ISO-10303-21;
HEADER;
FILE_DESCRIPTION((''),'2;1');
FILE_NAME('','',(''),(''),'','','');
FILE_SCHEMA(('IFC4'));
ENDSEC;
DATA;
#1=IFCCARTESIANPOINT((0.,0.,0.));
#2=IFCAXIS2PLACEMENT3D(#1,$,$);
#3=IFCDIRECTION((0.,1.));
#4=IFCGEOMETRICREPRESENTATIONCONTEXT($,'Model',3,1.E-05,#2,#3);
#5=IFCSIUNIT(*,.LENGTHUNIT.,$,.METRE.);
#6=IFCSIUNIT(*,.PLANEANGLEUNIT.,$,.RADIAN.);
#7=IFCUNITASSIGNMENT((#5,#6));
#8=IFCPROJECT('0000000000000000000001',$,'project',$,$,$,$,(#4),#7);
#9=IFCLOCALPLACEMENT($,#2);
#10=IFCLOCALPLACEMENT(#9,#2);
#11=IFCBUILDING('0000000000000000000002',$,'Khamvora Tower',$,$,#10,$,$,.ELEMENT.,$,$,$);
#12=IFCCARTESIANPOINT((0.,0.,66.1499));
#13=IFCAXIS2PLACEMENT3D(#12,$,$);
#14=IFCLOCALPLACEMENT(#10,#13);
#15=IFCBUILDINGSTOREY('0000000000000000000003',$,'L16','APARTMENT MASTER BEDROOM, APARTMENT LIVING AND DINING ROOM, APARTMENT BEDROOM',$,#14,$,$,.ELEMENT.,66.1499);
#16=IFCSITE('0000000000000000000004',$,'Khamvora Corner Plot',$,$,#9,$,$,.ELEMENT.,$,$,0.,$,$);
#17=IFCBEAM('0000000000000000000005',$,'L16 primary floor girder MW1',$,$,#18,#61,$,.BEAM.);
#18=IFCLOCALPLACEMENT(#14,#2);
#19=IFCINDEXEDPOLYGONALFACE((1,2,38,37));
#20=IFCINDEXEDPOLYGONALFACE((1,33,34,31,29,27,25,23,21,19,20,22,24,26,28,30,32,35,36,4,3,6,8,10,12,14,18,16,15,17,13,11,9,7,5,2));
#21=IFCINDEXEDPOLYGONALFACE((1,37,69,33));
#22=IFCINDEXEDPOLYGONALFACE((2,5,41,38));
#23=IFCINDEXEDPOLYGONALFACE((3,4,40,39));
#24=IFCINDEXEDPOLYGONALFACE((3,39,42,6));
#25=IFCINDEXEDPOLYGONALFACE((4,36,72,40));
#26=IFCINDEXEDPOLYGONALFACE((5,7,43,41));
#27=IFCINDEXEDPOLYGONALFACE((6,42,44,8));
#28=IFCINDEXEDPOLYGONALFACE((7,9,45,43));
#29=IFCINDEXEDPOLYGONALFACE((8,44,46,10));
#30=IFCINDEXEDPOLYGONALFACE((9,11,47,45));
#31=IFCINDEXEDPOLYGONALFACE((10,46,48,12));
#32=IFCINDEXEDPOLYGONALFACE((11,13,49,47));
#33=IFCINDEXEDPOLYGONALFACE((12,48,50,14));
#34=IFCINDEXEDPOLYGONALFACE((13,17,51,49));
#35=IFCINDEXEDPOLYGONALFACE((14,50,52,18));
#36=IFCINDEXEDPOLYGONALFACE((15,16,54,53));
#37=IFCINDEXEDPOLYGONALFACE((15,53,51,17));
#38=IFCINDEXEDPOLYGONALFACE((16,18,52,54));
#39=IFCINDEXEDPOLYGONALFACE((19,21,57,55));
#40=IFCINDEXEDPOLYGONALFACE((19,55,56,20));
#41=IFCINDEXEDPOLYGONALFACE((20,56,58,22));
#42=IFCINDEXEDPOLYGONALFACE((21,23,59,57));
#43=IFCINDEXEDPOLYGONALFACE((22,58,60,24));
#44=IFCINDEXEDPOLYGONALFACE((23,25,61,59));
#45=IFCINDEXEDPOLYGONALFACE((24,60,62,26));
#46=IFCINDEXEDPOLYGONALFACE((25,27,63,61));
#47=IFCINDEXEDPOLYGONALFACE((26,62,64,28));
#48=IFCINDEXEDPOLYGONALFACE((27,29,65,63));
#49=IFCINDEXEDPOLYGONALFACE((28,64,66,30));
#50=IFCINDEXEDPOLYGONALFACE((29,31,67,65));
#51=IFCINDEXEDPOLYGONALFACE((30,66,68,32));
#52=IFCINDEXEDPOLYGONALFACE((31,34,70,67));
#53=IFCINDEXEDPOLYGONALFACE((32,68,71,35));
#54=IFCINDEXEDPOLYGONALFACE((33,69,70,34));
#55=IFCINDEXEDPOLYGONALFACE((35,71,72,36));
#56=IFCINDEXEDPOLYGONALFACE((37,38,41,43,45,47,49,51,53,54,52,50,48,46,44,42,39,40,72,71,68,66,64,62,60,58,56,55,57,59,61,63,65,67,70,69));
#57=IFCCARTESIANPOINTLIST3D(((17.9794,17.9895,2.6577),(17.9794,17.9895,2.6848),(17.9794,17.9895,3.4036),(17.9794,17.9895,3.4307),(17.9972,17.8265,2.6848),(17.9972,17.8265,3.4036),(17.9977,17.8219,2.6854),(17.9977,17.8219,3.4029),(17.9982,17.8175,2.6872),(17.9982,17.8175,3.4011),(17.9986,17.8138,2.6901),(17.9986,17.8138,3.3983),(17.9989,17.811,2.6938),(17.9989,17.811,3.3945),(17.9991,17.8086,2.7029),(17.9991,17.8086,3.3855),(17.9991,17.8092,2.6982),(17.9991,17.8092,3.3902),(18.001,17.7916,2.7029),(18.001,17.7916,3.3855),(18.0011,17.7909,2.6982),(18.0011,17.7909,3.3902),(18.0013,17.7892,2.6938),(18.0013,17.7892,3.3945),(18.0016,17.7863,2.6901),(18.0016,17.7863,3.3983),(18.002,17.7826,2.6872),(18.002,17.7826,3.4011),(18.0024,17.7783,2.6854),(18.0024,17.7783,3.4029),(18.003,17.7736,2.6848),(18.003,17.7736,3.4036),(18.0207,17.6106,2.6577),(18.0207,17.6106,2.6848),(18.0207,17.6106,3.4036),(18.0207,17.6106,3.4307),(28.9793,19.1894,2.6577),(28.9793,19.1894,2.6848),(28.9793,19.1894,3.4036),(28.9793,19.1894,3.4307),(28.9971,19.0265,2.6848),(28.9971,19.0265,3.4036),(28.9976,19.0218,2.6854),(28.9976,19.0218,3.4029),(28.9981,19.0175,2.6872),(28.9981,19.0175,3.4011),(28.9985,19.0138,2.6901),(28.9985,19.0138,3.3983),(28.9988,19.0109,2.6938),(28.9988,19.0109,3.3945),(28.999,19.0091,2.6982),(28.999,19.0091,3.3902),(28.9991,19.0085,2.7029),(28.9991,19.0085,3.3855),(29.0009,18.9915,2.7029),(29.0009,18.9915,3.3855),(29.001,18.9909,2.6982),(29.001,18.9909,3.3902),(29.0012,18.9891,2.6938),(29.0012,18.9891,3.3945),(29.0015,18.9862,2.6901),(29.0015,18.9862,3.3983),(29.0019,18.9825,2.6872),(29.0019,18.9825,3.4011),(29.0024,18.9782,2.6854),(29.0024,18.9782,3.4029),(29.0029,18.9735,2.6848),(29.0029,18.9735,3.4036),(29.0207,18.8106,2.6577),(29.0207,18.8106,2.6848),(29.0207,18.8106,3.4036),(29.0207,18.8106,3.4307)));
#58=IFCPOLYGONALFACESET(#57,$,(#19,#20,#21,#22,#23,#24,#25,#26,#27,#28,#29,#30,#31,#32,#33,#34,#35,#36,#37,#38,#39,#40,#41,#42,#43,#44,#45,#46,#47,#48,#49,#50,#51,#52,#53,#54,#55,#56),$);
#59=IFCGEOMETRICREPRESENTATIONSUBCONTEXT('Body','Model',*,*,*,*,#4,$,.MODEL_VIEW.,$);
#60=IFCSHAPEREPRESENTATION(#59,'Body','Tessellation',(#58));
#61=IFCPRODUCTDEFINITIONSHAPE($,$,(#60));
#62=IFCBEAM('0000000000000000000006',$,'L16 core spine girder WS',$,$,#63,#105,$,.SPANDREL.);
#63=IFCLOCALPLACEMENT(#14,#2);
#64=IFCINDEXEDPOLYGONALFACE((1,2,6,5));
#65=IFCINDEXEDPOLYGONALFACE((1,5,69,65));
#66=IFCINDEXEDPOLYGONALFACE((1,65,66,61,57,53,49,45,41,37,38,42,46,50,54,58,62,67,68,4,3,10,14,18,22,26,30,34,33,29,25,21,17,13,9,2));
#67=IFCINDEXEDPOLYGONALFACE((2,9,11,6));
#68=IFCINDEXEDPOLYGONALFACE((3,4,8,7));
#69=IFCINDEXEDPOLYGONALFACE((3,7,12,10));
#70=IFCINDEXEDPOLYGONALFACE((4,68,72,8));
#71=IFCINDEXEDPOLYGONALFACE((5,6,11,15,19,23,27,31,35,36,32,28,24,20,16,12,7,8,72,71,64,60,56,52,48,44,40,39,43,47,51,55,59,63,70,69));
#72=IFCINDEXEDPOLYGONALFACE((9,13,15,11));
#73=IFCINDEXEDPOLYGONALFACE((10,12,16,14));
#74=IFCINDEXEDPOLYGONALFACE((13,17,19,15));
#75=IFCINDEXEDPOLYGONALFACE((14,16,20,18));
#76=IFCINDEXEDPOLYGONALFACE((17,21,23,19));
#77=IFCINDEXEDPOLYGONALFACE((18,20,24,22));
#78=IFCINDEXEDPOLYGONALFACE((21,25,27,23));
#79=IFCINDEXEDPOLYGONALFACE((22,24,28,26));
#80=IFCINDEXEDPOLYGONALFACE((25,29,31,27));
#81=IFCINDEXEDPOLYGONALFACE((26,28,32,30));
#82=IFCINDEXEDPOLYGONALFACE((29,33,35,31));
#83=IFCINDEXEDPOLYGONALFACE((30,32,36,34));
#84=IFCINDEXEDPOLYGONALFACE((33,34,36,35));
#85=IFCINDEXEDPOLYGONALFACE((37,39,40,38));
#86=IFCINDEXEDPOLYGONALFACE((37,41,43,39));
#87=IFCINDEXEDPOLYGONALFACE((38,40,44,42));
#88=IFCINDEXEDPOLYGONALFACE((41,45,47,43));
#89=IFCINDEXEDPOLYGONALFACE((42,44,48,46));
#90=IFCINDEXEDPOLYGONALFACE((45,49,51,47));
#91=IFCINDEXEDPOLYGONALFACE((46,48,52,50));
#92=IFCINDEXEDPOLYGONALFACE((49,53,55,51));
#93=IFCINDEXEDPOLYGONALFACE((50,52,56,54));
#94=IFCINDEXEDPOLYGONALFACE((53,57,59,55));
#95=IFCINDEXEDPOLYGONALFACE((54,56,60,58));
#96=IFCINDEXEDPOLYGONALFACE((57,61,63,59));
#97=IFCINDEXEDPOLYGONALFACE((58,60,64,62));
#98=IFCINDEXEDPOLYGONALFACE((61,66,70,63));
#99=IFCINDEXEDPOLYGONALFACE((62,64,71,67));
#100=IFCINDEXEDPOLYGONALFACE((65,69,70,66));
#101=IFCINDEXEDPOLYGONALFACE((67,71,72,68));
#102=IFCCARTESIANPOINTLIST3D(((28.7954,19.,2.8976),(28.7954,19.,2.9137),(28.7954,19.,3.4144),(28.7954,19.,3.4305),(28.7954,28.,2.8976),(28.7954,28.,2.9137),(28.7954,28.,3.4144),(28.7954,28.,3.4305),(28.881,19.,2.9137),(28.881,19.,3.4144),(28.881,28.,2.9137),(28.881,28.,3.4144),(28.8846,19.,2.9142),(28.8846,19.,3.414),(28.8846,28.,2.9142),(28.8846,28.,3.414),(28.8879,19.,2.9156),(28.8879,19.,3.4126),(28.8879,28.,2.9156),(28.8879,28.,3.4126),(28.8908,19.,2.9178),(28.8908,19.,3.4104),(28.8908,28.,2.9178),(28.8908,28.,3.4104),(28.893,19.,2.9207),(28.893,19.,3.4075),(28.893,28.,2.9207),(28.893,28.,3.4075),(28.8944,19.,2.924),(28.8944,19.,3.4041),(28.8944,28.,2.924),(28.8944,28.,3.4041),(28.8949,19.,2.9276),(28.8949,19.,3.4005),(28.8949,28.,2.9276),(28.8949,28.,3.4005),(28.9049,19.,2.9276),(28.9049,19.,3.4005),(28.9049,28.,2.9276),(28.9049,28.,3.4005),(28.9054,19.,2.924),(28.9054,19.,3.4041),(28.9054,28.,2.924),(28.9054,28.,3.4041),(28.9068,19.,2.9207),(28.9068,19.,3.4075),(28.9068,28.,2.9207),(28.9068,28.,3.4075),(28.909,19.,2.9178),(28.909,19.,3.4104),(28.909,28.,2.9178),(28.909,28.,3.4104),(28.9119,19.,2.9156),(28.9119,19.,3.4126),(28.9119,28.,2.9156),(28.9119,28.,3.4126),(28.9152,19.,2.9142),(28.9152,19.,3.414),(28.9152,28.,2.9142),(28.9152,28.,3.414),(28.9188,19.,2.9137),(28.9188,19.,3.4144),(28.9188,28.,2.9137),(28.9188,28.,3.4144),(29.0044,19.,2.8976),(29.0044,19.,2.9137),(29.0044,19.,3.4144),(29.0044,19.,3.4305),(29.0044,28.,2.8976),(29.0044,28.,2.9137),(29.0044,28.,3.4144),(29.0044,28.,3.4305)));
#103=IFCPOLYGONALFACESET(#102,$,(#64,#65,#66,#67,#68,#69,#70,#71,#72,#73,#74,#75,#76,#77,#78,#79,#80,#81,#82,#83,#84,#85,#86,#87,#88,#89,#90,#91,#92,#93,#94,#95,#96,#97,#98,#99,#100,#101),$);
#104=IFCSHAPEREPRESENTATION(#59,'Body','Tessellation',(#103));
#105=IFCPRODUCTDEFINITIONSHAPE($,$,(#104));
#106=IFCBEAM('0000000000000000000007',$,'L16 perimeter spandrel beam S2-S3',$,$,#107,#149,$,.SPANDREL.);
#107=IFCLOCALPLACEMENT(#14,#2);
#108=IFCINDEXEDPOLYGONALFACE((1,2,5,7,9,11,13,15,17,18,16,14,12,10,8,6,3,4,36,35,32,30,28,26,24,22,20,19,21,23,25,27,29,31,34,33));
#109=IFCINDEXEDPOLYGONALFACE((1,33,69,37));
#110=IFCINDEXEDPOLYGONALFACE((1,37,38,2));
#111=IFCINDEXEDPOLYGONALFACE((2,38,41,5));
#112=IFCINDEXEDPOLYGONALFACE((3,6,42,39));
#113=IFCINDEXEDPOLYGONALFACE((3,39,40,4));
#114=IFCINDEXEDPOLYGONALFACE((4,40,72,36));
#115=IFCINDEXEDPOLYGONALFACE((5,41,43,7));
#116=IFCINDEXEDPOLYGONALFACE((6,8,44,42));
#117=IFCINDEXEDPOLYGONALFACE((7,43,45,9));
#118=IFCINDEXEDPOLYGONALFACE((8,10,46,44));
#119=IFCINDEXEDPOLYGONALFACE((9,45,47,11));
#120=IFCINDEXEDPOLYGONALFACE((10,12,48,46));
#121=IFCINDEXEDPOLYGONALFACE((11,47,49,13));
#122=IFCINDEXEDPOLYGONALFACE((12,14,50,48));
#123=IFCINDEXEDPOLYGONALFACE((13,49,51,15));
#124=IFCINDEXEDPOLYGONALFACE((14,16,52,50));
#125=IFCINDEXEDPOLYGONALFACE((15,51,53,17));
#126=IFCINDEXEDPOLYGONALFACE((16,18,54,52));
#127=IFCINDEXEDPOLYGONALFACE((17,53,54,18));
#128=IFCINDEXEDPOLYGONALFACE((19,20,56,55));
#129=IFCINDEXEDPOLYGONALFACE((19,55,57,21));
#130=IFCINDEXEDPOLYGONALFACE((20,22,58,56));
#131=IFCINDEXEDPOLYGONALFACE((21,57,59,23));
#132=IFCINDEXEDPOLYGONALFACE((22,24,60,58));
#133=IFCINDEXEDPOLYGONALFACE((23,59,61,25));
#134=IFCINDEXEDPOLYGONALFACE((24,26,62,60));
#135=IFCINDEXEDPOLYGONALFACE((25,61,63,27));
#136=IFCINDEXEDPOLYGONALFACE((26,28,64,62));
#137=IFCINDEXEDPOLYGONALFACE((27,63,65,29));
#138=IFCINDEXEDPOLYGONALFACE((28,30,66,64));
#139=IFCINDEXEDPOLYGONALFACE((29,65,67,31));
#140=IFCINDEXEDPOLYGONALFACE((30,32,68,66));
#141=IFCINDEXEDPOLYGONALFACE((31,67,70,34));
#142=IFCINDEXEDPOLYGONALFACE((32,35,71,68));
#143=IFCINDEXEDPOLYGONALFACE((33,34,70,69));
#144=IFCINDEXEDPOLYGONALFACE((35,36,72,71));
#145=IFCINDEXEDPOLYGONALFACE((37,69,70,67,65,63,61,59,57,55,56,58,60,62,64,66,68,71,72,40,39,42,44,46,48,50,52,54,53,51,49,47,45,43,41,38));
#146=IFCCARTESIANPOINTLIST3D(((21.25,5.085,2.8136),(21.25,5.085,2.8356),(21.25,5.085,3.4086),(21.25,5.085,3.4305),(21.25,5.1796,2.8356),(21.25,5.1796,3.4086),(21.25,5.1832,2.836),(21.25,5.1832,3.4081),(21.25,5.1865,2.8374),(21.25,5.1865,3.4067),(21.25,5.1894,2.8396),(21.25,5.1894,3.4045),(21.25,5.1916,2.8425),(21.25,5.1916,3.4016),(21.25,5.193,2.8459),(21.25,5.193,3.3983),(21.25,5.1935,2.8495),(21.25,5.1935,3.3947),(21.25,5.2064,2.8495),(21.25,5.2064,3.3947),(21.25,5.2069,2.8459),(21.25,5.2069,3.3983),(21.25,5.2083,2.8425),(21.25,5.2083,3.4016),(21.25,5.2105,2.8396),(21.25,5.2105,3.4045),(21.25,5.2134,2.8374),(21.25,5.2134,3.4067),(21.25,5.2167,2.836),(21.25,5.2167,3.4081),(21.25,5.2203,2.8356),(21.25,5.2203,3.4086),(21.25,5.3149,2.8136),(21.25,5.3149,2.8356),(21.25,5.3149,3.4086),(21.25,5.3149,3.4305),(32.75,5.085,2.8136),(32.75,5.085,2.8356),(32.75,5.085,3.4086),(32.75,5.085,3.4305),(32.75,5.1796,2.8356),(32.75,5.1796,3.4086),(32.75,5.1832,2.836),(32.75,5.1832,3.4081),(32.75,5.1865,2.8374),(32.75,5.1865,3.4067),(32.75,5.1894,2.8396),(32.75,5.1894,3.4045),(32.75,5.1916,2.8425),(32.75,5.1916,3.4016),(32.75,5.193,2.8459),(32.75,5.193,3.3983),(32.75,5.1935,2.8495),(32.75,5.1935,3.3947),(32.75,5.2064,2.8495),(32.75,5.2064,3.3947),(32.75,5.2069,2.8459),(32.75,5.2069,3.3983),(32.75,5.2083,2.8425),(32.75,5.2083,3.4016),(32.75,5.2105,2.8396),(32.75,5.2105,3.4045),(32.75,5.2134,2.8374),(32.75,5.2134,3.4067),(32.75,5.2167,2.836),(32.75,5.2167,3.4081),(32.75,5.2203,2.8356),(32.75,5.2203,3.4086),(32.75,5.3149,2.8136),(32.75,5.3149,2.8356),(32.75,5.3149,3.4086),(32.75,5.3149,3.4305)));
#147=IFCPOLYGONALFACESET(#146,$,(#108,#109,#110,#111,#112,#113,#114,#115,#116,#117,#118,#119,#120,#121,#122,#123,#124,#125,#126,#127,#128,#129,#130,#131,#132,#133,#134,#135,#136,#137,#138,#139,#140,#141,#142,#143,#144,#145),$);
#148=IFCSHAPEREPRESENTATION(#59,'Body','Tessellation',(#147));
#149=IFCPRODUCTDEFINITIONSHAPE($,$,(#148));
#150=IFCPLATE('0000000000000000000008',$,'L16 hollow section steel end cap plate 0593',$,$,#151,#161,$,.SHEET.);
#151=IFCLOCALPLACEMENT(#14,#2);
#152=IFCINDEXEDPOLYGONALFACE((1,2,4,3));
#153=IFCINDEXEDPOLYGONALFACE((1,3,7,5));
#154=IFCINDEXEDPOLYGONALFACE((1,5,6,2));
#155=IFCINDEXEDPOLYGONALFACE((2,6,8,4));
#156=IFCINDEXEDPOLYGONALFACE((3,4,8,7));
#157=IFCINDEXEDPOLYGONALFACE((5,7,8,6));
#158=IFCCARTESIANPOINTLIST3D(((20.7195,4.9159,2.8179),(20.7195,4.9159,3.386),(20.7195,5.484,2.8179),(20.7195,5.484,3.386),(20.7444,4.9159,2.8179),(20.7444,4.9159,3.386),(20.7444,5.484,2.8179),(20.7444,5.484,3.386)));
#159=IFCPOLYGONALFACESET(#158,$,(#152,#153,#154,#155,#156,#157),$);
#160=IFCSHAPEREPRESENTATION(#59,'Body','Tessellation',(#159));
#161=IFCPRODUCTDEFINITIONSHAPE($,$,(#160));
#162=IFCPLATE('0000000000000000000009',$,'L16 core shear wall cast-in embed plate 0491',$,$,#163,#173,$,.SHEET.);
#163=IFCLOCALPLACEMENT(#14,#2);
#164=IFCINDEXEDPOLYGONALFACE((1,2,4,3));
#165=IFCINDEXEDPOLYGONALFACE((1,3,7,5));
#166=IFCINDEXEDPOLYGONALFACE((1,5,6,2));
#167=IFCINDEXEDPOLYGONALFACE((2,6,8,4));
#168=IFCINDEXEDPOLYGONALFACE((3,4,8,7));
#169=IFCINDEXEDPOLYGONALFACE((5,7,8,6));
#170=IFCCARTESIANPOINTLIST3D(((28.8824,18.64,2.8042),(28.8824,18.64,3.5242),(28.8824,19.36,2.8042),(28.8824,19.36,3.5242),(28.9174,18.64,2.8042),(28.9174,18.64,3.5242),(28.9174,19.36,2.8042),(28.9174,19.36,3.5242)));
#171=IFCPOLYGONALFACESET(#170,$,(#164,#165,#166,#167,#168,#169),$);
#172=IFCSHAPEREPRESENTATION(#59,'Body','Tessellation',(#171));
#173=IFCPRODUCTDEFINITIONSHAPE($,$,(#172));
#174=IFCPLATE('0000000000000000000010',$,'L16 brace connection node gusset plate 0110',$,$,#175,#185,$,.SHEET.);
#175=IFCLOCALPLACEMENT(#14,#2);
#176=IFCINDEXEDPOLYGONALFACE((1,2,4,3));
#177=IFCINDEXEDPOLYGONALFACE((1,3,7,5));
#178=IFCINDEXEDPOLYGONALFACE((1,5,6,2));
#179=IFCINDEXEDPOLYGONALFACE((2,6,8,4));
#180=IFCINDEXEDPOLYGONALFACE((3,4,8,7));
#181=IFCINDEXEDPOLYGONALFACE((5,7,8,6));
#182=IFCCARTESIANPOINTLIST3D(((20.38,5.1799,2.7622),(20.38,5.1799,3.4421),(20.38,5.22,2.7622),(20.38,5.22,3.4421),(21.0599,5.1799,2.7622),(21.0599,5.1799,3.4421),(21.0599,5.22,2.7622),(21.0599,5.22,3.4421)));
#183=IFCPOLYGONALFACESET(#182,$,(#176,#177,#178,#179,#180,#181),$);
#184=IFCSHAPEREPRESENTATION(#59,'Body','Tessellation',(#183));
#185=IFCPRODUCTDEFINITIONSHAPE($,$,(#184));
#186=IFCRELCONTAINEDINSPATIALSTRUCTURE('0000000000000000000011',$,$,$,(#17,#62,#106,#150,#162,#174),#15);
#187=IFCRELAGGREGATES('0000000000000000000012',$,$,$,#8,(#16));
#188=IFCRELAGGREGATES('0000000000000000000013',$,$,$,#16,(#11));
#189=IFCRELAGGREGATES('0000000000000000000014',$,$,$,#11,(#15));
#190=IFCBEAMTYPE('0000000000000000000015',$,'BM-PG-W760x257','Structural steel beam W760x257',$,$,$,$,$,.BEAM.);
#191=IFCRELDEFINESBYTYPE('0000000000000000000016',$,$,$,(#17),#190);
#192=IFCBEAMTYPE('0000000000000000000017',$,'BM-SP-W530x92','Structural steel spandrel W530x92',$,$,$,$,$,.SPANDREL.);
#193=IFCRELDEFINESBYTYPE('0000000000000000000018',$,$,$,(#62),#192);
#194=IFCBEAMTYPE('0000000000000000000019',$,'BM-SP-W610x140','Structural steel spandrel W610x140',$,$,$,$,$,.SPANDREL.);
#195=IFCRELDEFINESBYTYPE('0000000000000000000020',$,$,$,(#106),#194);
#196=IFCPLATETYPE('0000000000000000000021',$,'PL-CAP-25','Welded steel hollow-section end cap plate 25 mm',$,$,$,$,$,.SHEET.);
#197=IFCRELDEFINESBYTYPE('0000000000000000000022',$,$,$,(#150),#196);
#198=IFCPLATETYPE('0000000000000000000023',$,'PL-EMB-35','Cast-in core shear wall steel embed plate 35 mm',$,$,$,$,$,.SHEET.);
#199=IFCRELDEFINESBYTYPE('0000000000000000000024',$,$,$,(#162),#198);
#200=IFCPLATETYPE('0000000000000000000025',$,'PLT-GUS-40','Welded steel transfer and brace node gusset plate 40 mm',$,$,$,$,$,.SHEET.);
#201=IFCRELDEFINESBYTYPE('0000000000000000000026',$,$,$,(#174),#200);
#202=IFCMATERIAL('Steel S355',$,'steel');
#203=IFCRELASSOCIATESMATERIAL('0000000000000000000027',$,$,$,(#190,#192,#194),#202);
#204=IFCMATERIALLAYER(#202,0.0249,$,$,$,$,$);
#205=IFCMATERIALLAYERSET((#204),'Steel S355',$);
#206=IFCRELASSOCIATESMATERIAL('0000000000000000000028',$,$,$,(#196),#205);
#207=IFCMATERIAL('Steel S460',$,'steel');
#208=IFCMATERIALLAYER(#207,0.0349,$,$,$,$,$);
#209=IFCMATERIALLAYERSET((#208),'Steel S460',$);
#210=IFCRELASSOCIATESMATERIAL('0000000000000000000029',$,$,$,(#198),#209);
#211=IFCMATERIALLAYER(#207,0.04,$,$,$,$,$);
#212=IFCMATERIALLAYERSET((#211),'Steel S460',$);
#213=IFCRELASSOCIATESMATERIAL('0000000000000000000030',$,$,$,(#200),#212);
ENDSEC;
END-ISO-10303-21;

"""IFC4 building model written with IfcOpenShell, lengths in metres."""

from ifc_helpers import new_model, si_unit, direction, frame, origin, origin_2d, place, context, subcontext, project, spatial, rectangle, i_section, extrude, material, layer, layer_set, material_profile, profile_set, type_object, element, save


model = new_model("IFC4")

# Units and contexts
model_context = context("Model", 3, precision=1e-05, world=origin(), true_north=direction((0.0, 1.0)))
body_context = subcontext(model_context, "Body", "Model", "MODEL_VIEW")
ifc_project = project(units=[si_unit("LENGTHUNIT", "METRE"), si_unit("PLANEANGLEUNIT", "RADIAN")], contexts=[model_context])

# Site, building, storey
site_placement = place(None, origin())
site = spatial("IfcSite", under=ifc_project, at=site_placement, Name="Khamvora Corner Plot", CompositionType="ELEMENT", RefElevation=0.0)
building_placement = place(site_placement, origin())
building = spatial("IfcBuilding", under=site, at=building_placement, Name="Khamvora Tower", CompositionType="ELEMENT")
storey_placement = place(building_placement, frame((0.0, 0.0, 66.1499)))
storey = spatial("IfcBuildingStorey", under=building, at=storey_placement, Name="L16", Description="APARTMENT MASTER BEDROOM, APARTMENT LIVING AND DINING ROOM, APARTMENT BEDROOM", CompositionType="ELEMENT", Elevation=66.1499)

# Shared definitions
ifc_material_1 = material(Name="Steel S460", Category="steel")

# Beams
ifc_material_2 = material(Name="Steel S355", Category="steel")
ifc_material_profile_1 = material_profile(ifc_material_2, i_section(OverallWidth=0.3811, OverallDepth=0.7729, WebThickness=0.0171, FlangeThickness=0.0271, FilletRadius=0.0181, at=origin_2d()), Name="W760x257")
ifc_profile_set_1 = profile_set([ifc_material_profile_1], Name="Steel S355")
beam_type_1 = type_object("IfcBeamType", Name="BM-PG-W760x257", Description="Structural steel beam W760x257", PredefinedType="BEAM", material=ifc_profile_set_1)
beam_1_placement = place(storey_placement, frame((29.0, 19.0, 3.0442), z_axis=(-0.994103, -0.108443, 0.0), x_axis=(0.108443, -0.994103, 0.0)))
element("IfcBeam", 1, at=beam_1_placement, inside=storey, type_object=beam_type_1, Name="L16 primary floor girder MW1", PredefinedType="BEAM", context=body_context, shape_type="SweptSolid", body=[
    extrude(i_section(OverallWidth=0.3811, OverallDepth=0.7729, WebThickness=0.0171, FlangeThickness=0.0271, FilletRadius=0.0181, at=origin_2d()), origin(), (0.0, 0.0, 1.0), 11.0652),
])
ifc_material_profile_2 = material_profile(ifc_material_2, i_section(OverallWidth=0.209, OverallDepth=0.533, WebThickness=0.01, FlangeThickness=0.0161, FilletRadius=0.0139, at=origin_2d()), Name="W530x92")
ifc_profile_set_2 = profile_set([ifc_material_profile_2], Name="Steel S355")
beam_type_2 = type_object("IfcBeamType", Name="BM-SP-W530x92", Description="Structural steel spandrel W530x92", PredefinedType="SPANDREL", material=ifc_profile_set_2)
beam_2_placement = place(storey_placement, frame((28.8999, 19.0, 3.1641), z_axis=(0.0, 1.0, 0.0), x_axis=(-1.0, 0.0, 0.0)))
element("IfcBeam", 2, at=beam_2_placement, inside=storey, type_object=beam_type_2, Name="L16 core spine girder WS", PredefinedType="SPANDREL", context=body_context, shape_type="SweptSolid", body=[
    extrude(i_section(OverallWidth=0.209, OverallDepth=0.533, WebThickness=0.01, FlangeThickness=0.0161, FilletRadius=0.0139, at=origin_2d()), origin(), (0.0, 0.0, 1.0), 9.0),
])
ifc_material_profile_3 = material_profile(ifc_material_2, i_section(OverallWidth=0.23, OverallDepth=0.6169, WebThickness=0.0129, FlangeThickness=0.022, FilletRadius=0.0139, at=origin_2d()), Name="W610x140")
ifc_profile_set_3 = profile_set([ifc_material_profile_3], Name="Steel S355")
beam_type_3 = type_object("IfcBeamType", Name="BM-SP-W610x140", Description="Structural steel spandrel W610x140", PredefinedType="SPANDREL", material=ifc_profile_set_3)
beam_3_placement = place(storey_placement, frame((21.25, 5.2, 3.1221), z_axis=(1.0, 0.0, 0.0), x_axis=(0.0, 1.0, 0.0)))
element("IfcBeam", 3, at=beam_3_placement, inside=storey, type_object=beam_type_3, Name="L16 perimeter spandrel beam S2-S3", PredefinedType="SPANDREL", context=body_context, shape_type="SweptSolid", body=[
    extrude(i_section(OverallWidth=0.23, OverallDepth=0.6169, WebThickness=0.0129, FlangeThickness=0.022, FilletRadius=0.0139, at=origin_2d()), origin(), (0.0, 0.0, 1.0), 11.5),
])

# Plates
ifc_layer_1 = layer(ifc_material_2, 0.0249)
ifc_layer_set_1 = layer_set([ifc_layer_1], Name="Steel S355")
plate_type_1 = type_object("IfcPlateType", Name="PL-CAP-25", Description="Welded steel hollow-section end cap plate 25 mm", PredefinedType="SHEET", material=ifc_layer_set_1)
plate_1_placement = place(storey_placement, frame((20.7319, 5.2, 2.8179), z_axis=(0.0, 0.0, 1.0), x_axis=(1.0, 0.0, 0.0)))
element("IfcPlate", 4, at=plate_1_placement, inside=storey, type_object=plate_type_1, Name="L16 hollow section steel end cap plate 0593", PredefinedType="SHEET", context=body_context, shape_type="SweptSolid", body=[
    extrude(rectangle(XDim=0.0249, YDim=0.5681, at=origin_2d()), origin(), (0.0, 0.0, 1.0), 0.5681),
])
ifc_layer_2 = layer(ifc_material_1, 0.0349)
ifc_layer_set_2 = layer_set([ifc_layer_2], Name="Steel S460")
plate_type_2 = type_object("IfcPlateType", Name="PL-EMB-35", Description="Cast-in core shear wall steel embed plate 35 mm", PredefinedType="SHEET", material=ifc_layer_set_2)
plate_2_placement = place(storey_placement, frame((28.8999, 19.0, 2.8042), z_axis=(0.0, 0.0, 1.0), x_axis=(1.0, 0.0, 0.0)))
element("IfcPlate", 5, at=plate_2_placement, inside=storey, type_object=plate_type_2, Name="L16 core shear wall cast-in embed plate 0491", PredefinedType="SHEET", context=body_context, shape_type="SweptSolid", body=[
    extrude(rectangle(XDim=0.0349, YDim=0.72, at=origin_2d()), origin(), (0.0, 0.0, 1.0), 0.72),
])
ifc_layer_3 = layer(ifc_material_1, 0.04)
ifc_layer_set_3 = layer_set([ifc_layer_3], Name="Steel S460")
plate_type_3 = type_object("IfcPlateType", Name="PLT-GUS-40", Description="Welded steel transfer and brace node gusset plate 40 mm", PredefinedType="SHEET", material=ifc_layer_set_3)
plate_3_placement = place(storey_placement, frame((20.72, 5.2, 2.7622), z_axis=(0.0, 0.0, 1.0), x_axis=(1.0, 0.0, 0.0)))
element("IfcPlate", 6, at=plate_3_placement, inside=storey, type_object=plate_type_3, Name="L16 brace connection node gusset plate 0110", PredefinedType="SHEET", context=body_context, shape_type="SweptSolid", body=[
    extrude(rectangle(XDim=0.6799, YDim=0.04, at=origin_2d()), origin(), (0.0, 0.0, 1.0), 0.6799),
])

save(model, "model.ifc")
